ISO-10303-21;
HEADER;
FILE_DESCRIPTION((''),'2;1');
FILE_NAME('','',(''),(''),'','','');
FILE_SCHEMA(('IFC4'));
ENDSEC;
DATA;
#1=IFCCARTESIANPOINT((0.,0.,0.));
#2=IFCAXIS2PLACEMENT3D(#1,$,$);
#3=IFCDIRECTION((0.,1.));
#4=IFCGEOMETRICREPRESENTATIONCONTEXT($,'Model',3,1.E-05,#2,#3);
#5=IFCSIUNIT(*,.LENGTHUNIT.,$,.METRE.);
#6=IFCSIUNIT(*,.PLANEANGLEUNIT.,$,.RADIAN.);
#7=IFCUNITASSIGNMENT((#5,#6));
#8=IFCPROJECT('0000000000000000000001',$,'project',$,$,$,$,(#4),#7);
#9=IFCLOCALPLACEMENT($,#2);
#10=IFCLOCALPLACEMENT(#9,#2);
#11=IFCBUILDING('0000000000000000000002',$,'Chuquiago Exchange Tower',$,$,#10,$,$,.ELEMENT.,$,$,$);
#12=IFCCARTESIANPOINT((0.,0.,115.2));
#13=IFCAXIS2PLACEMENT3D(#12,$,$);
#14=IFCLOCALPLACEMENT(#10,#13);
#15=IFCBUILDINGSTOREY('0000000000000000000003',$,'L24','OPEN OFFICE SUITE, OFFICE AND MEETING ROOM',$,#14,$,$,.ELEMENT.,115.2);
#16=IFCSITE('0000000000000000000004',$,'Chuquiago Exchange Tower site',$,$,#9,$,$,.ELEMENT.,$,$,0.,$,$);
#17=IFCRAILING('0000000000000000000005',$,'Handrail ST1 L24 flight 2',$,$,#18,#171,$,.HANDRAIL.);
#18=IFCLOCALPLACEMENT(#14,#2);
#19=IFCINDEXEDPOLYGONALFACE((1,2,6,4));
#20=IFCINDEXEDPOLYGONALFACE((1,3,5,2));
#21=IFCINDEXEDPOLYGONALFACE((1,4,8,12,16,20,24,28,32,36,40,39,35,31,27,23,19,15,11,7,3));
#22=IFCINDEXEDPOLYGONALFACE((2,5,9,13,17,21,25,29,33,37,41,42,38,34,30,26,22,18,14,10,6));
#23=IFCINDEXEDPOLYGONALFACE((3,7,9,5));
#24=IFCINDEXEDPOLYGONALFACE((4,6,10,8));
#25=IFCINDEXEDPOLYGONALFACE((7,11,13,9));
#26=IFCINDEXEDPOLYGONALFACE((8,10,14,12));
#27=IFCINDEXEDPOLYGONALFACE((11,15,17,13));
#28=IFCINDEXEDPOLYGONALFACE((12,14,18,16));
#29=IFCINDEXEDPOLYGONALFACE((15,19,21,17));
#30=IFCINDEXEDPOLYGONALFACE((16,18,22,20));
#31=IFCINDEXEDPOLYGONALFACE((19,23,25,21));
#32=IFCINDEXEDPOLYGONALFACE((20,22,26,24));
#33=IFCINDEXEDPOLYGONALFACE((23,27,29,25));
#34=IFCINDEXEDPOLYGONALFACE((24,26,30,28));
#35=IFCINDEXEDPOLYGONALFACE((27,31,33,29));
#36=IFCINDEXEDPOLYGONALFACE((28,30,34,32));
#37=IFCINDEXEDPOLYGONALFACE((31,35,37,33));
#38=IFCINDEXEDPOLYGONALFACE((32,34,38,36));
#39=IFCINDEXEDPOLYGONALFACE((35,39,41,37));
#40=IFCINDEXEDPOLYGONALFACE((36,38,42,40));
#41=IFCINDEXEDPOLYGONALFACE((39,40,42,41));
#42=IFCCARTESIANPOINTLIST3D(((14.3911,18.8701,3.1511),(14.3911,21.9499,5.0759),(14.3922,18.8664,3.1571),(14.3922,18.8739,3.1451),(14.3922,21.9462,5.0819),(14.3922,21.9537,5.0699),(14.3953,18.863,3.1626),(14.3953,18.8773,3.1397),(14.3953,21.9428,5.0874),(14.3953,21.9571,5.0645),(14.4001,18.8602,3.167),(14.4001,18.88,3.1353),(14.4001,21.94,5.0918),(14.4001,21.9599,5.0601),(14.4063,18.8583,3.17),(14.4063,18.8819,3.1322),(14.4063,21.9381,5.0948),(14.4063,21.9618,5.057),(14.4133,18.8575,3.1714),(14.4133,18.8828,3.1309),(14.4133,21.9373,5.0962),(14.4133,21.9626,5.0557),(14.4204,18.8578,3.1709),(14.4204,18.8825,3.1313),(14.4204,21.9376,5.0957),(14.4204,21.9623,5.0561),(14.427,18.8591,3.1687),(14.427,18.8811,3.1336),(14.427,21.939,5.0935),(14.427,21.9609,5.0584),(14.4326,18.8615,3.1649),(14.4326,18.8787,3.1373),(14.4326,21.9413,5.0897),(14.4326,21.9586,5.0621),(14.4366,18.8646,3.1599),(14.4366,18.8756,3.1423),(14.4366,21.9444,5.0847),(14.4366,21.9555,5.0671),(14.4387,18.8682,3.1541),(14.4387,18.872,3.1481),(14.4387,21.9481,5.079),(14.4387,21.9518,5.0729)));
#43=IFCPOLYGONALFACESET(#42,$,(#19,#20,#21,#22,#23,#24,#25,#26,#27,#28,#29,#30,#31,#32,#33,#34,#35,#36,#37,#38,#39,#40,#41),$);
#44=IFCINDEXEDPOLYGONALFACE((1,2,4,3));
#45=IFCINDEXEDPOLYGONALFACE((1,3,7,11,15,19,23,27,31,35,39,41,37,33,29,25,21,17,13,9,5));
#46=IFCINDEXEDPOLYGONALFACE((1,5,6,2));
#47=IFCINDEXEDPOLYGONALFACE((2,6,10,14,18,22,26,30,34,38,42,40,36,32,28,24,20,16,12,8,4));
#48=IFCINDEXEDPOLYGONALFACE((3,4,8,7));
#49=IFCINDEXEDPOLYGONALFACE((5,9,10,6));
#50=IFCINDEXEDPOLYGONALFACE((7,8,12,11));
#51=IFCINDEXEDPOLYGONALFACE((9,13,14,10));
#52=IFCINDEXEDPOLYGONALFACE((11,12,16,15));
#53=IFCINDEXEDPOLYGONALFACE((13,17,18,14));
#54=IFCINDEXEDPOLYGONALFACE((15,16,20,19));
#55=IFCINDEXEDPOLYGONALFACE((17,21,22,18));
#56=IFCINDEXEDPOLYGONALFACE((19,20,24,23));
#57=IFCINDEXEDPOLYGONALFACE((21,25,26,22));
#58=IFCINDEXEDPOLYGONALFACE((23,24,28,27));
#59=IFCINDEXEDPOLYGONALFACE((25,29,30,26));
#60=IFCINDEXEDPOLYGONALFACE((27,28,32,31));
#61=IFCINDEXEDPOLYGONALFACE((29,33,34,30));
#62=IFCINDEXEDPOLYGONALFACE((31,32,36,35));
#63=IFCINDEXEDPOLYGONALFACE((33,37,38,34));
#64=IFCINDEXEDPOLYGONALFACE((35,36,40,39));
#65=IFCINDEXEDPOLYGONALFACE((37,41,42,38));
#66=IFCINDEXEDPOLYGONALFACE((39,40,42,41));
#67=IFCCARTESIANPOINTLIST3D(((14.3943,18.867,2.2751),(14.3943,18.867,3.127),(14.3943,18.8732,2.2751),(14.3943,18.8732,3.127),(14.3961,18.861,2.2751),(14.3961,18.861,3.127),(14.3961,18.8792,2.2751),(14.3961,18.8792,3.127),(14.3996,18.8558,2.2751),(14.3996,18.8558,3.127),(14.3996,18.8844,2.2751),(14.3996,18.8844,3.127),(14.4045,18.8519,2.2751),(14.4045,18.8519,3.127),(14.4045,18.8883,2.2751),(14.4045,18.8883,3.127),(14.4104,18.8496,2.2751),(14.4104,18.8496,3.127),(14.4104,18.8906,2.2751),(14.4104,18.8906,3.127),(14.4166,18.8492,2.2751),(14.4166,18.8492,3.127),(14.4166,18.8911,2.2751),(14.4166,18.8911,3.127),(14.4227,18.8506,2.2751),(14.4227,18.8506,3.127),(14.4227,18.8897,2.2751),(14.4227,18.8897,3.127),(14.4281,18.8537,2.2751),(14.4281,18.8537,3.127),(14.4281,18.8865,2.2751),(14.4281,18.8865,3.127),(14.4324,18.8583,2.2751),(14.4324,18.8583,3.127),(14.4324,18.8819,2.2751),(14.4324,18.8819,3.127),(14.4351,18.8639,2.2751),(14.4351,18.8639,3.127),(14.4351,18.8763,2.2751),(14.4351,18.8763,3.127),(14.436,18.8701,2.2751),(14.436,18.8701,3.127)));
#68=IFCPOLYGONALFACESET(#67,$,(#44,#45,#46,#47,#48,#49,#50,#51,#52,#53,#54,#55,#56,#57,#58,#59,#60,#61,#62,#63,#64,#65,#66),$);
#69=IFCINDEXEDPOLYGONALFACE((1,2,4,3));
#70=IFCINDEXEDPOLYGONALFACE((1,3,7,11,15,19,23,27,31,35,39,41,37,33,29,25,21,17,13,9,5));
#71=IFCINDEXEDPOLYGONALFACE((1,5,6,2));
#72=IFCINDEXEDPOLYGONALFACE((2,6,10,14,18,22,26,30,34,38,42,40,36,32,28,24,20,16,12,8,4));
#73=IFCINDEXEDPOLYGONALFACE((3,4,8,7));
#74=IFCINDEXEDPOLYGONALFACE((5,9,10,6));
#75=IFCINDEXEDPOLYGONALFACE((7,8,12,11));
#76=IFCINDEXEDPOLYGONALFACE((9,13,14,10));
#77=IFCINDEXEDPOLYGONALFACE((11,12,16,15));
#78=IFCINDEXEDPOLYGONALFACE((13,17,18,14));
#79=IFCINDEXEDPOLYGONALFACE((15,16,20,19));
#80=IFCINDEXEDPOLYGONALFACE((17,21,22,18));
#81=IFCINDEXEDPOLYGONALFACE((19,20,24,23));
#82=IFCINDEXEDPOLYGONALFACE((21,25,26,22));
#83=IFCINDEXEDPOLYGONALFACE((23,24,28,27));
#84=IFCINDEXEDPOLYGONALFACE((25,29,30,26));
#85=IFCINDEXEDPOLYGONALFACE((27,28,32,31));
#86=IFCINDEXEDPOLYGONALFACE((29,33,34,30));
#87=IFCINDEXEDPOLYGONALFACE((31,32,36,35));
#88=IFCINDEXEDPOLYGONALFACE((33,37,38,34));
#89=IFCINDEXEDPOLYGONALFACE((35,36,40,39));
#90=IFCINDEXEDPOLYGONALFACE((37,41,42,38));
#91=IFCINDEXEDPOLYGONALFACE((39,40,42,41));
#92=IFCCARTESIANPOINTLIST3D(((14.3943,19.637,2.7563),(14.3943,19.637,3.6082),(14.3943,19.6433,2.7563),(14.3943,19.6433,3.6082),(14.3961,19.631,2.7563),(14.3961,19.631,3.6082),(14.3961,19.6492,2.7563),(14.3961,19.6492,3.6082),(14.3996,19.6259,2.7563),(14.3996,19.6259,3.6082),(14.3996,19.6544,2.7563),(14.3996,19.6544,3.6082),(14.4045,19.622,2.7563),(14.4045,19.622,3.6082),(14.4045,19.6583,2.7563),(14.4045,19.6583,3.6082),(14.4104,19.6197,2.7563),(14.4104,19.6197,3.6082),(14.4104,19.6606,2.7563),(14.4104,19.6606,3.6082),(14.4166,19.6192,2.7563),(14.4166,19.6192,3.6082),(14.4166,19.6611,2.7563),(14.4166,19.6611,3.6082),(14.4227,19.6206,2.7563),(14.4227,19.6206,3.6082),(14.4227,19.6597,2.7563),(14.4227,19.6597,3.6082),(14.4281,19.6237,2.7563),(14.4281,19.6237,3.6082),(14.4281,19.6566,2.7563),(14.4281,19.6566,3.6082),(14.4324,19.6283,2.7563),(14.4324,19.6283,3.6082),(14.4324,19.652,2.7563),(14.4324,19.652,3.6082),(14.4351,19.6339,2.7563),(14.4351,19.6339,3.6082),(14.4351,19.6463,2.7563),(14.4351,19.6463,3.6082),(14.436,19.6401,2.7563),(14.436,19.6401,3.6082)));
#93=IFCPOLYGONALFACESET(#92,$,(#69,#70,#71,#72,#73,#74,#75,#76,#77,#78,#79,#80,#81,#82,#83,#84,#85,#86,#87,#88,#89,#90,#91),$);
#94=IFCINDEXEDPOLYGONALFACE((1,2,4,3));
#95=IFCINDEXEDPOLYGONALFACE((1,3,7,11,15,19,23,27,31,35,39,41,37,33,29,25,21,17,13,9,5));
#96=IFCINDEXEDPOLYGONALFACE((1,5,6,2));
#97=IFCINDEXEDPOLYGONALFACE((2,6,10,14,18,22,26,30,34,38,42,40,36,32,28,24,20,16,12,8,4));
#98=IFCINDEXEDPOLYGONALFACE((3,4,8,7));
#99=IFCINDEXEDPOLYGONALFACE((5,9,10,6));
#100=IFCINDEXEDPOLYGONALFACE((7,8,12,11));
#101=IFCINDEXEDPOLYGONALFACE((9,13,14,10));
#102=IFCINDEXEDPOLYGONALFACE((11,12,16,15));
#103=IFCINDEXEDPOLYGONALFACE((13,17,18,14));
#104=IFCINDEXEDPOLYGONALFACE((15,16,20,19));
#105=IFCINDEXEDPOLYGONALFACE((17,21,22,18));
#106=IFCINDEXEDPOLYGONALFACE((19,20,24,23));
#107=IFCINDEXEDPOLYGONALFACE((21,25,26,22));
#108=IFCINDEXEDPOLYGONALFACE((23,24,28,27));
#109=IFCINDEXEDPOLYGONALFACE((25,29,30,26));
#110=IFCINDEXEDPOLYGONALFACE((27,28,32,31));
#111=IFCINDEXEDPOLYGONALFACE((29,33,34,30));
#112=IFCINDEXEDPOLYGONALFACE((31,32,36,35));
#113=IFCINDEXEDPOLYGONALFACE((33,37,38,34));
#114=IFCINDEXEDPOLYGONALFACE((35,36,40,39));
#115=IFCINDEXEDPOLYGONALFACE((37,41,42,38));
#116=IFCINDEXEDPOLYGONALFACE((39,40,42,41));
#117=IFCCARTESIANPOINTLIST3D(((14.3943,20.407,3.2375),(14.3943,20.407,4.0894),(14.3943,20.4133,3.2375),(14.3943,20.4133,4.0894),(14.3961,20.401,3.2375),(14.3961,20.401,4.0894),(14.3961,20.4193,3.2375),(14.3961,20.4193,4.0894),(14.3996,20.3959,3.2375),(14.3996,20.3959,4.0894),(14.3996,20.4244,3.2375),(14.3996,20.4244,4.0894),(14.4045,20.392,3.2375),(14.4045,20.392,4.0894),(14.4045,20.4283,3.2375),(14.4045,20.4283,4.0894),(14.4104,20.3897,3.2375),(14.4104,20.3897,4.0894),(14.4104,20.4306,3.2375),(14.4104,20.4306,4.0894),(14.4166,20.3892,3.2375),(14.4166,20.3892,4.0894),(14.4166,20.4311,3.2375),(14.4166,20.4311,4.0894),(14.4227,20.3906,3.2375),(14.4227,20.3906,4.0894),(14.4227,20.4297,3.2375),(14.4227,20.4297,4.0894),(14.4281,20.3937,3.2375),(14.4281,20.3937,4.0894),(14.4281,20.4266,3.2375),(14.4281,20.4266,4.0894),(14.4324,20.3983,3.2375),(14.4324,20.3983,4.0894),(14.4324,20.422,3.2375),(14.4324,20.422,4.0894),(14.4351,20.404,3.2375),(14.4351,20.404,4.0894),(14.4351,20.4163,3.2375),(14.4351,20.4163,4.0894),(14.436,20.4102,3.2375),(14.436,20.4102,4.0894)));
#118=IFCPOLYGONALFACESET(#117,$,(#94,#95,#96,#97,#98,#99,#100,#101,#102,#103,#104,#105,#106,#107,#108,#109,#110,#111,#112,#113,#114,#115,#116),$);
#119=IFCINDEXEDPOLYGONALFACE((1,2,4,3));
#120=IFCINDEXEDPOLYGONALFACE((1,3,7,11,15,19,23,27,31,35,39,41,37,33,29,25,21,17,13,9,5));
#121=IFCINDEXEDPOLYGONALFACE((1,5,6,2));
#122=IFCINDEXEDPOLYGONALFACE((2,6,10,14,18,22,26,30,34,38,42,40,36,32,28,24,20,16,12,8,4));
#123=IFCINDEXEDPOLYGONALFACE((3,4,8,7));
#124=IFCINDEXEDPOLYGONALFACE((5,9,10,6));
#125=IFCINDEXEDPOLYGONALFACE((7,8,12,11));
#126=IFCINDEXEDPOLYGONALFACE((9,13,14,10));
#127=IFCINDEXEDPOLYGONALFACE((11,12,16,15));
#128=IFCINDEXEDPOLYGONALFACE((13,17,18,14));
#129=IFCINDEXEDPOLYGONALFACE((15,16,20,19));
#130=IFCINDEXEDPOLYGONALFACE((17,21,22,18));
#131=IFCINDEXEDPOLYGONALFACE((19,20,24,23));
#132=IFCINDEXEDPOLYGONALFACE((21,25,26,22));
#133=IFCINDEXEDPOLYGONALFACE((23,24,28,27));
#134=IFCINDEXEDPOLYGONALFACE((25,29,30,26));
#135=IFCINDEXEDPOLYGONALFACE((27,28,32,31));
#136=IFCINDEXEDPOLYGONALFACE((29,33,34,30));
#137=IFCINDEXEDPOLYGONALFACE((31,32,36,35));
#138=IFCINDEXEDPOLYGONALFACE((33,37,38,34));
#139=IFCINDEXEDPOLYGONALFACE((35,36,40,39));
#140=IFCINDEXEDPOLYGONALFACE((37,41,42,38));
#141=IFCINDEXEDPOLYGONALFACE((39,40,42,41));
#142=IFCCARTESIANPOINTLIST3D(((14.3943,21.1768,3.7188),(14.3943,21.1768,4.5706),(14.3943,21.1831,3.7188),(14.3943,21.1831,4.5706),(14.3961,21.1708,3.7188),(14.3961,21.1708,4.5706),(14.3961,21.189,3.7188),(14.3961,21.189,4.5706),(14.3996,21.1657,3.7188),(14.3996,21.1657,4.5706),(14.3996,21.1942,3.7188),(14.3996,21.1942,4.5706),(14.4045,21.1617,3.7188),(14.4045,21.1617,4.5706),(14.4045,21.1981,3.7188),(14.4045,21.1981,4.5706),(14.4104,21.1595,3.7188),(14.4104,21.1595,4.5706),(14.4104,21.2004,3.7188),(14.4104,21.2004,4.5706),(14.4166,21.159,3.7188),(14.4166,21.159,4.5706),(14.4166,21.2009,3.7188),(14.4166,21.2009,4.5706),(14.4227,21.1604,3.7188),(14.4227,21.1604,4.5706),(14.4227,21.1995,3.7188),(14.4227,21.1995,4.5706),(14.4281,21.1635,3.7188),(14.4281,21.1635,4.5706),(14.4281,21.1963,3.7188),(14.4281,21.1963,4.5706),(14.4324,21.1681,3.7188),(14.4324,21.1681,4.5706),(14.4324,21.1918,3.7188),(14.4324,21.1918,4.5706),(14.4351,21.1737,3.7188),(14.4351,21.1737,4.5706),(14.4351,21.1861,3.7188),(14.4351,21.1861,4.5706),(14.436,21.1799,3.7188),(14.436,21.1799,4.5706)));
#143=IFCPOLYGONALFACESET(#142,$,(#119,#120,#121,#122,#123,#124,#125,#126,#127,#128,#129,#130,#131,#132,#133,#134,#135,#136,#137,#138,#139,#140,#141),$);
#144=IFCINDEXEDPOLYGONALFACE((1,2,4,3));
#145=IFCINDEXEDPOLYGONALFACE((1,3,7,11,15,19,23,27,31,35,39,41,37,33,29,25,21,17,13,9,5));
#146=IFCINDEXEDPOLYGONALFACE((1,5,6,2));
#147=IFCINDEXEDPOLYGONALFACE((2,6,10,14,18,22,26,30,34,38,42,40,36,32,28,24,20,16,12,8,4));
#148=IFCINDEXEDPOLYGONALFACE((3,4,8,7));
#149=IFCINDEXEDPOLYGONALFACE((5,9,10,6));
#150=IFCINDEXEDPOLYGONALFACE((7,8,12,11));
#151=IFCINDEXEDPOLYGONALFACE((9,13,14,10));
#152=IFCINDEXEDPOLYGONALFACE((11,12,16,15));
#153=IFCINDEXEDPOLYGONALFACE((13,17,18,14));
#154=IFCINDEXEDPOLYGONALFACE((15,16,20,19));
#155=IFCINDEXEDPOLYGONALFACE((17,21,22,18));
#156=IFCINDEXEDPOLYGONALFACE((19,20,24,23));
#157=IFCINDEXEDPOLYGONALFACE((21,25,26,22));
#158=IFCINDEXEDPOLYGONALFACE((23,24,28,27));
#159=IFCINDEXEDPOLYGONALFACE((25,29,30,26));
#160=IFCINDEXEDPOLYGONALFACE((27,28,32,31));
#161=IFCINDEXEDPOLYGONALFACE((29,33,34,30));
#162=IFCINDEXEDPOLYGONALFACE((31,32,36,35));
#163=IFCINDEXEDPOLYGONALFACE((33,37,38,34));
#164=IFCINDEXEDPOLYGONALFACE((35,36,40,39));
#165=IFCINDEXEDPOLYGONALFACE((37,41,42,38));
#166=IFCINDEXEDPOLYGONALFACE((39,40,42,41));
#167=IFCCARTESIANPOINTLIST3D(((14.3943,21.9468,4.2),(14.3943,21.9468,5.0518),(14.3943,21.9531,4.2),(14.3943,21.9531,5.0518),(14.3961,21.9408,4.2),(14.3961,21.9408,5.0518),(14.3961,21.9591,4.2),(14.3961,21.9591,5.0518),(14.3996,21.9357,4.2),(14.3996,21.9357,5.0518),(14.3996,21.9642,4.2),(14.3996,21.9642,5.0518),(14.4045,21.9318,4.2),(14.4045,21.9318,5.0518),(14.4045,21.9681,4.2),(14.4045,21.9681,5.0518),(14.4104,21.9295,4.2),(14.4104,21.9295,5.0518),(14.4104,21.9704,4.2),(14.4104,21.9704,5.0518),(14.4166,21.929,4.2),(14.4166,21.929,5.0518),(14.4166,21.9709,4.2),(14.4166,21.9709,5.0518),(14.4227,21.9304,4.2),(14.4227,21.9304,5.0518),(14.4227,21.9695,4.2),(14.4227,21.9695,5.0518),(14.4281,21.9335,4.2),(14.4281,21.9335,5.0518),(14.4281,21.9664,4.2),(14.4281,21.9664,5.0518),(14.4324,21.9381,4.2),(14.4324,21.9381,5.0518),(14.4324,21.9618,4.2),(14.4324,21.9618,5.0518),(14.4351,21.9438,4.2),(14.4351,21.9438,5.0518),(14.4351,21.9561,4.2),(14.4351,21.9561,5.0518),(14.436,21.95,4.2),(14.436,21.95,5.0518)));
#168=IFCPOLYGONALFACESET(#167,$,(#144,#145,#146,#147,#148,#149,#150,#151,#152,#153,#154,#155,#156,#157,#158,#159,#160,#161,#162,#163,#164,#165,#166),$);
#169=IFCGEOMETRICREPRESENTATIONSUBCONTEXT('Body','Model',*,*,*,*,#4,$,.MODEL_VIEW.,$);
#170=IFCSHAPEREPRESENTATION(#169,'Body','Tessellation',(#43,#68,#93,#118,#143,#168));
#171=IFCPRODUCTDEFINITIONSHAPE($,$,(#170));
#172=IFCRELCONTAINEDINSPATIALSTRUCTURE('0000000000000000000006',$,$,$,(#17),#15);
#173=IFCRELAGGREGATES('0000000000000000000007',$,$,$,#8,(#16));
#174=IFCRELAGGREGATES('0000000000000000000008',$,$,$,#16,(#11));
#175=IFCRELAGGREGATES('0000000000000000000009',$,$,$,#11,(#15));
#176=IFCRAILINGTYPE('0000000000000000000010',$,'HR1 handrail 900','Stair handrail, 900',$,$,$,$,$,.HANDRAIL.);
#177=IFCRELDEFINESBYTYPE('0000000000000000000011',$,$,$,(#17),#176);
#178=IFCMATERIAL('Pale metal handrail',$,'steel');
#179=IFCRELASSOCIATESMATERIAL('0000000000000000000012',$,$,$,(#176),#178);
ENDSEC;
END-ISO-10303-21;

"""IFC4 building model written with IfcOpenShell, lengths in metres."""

from ifc_helpers import new_model, si_unit, direction, frame, origin, origin_2d, place, context, subcontext, project, spatial, circle, extrude, material, type_object, element, save


model = new_model("IFC4")

# Units and contexts
model_context = context("Model", 3, precision=1e-05, world=origin(), true_north=direction((0.0, 1.0)))
body_context = subcontext(model_context, "Body", "Model", "MODEL_VIEW")
ifc_project = project(units=[si_unit("LENGTHUNIT", "METRE"), si_unit("PLANEANGLEUNIT", "RADIAN")], contexts=[model_context])

# Site, building, storey
site_placement = place(None, origin())
site = spatial("IfcSite", under=ifc_project, at=site_placement, Name="Chuquiago Exchange Tower site", CompositionType="ELEMENT", RefElevation=0.0)
building_placement = place(site_placement, origin())
building = spatial("IfcBuilding", under=site, at=building_placement, Name="Chuquiago Exchange Tower", CompositionType="ELEMENT")
storey_placement = place(building_placement, frame((0.0, 0.0, 115.2)))
storey = spatial("IfcBuildingStorey", under=building, at=storey_placement, Name="L24", Description="OPEN OFFICE SUITE, OFFICE AND MEETING ROOM", CompositionType="ELEMENT", Elevation=115.2)

# Railing
ifc_material_1 = material(Name="Pale metal handrail", Category="steel")
railing_type_1 = type_object("IfcRailingType", Name="HR1 handrail 900", Description="Stair handrail, 900", PredefinedType="HANDRAIL", material=ifc_material_1)
railing_1_placement = place(storey_placement, frame((14.415, 18.8701, 2.2751)))
element("IfcRailing", 1, at=railing_1_placement, inside=storey, type_object=railing_type_1, Name="Handrail ST1 L24 flight 2", PredefinedType="HANDRAIL", context=body_context, shape_type="SweptSolid", body=[
    extrude(circle(Radius=0.0239, at=origin_2d()), frame((0.0, 0.0, 0.876), z_axis=(0.0, 0.84801, 0.529981), x_axis=(-1.0, 0.0, 0.0)), (0.0, 0.0, 1.0), 3.6318),
    extrude(circle(Radius=0.021, at=origin_2d()), origin(), (0.0, 0.0, 1.0), 0.8518),
    extrude(circle(Radius=0.021, at=origin_2d()), frame((0.0, 0.77, 0.4812)), (0.0, 0.0, 1.0), 0.8518),
    extrude(circle(Radius=0.021, at=origin_2d()), frame((0.0, 1.54, 0.9624)), (0.0, 0.0, 1.0), 0.8518),
    extrude(circle(Radius=0.021, at=origin_2d()), frame((0.0, 2.3098, 1.4436)), (0.0, 0.0, 1.0), 0.8518),
    extrude(circle(Radius=0.021, at=origin_2d()), frame((0.0, 3.0798, 1.9248)), (0.0, 0.0, 1.0), 0.8518),
])

save(model, "model.ifc")
